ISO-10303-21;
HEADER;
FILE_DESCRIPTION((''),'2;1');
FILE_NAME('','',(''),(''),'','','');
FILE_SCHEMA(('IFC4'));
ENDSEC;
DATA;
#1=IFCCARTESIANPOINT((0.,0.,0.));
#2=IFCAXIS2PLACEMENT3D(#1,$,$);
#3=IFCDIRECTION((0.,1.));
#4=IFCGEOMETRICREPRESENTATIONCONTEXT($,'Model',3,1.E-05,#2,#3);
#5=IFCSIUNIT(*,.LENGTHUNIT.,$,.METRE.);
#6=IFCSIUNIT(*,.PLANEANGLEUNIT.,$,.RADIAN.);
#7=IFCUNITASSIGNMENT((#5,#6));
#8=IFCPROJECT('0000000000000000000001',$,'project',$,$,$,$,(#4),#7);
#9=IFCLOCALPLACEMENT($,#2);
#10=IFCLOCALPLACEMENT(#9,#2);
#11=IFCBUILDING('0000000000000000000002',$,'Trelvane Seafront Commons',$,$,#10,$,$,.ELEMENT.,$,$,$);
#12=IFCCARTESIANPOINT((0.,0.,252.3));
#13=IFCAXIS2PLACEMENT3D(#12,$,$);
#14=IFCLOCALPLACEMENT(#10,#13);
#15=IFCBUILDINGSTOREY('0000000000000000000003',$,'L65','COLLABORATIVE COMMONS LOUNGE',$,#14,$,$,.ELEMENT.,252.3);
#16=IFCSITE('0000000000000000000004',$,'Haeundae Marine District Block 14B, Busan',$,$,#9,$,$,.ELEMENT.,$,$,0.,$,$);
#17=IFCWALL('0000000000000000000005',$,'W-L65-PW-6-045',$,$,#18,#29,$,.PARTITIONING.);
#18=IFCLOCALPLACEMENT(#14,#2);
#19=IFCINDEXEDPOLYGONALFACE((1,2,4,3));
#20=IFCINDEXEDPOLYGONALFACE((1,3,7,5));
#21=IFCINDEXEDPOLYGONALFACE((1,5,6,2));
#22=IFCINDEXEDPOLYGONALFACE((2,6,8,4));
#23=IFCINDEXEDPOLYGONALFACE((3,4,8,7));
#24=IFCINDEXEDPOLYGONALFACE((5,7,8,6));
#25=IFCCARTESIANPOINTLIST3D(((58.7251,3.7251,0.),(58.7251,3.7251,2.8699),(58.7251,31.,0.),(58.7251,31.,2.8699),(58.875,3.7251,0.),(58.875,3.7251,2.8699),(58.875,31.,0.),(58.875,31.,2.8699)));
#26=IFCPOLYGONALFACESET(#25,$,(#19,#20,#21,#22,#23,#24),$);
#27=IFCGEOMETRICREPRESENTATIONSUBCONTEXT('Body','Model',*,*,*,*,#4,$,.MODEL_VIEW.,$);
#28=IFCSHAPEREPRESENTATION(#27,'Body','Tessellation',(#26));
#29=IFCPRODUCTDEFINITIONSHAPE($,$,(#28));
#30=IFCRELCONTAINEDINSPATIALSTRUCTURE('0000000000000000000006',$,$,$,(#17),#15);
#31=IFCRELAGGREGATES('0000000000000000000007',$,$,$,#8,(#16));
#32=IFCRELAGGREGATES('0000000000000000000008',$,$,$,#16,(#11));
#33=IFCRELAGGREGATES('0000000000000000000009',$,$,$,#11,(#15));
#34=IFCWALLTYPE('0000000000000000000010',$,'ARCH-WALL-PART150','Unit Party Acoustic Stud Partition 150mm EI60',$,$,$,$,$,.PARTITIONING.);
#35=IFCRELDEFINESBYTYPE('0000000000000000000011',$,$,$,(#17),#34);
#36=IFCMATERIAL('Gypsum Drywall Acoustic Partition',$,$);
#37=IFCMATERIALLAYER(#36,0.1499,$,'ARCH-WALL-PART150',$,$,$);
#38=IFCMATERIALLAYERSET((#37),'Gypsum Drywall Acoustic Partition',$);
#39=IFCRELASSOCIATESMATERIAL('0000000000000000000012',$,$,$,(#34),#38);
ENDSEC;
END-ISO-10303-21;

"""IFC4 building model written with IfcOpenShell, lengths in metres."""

from ifc_helpers import new_model, si_unit, direction, frame, frame_2d, origin, place, context, subcontext, project, spatial, rectangle, extrude, material, layer, layer_set, type_object, element, save


model = new_model("IFC4")

# Units and contexts
model_context = context("Model", 3, precision=1e-05, world=origin(), true_north=direction((0.0, 1.0)))
body_context = subcontext(model_context, "Body", "Model", "MODEL_VIEW")
ifc_project = project(units=[si_unit("LENGTHUNIT", "METRE"), si_unit("PLANEANGLEUNIT", "RADIAN")], contexts=[model_context])

# Site, building, storey
site_placement = place(None, origin())
site = spatial("IfcSite", under=ifc_project, at=site_placement, Name="Haeundae Marine District Block 14B, Busan", CompositionType="ELEMENT", RefElevation=0.0)
building_placement = place(site_placement, origin())
building = spatial("IfcBuilding", under=site, at=building_placement, Name="Trelvane Seafront Commons", CompositionType="ELEMENT")
storey_placement = place(building_placement, frame((0.0, 0.0, 252.3)))
storey = spatial("IfcBuildingStorey", under=building, at=storey_placement, Name="L65", Description="COLLABORATIVE COMMONS LOUNGE", CompositionType="ELEMENT", Elevation=252.3)

# Wall
ifc_material_1 = material(Name="Gypsum Drywall Acoustic Partition")
ifc_layer_1 = layer(ifc_material_1, 0.1499, Name="ARCH-WALL-PART150")
ifc_layer_set_1 = layer_set([ifc_layer_1], Name="Gypsum Drywall Acoustic Partition")
wall_type_1 = type_object("IfcWallType", Name="ARCH-WALL-PART150", Description="Unit Party Acoustic Stud Partition 150mm EI60", PredefinedType="PARTITIONING", material=ifc_layer_set_1)
wall_1_placement = place(storey_placement, frame((58.8, 3.7251, 0.0), z_axis=(0.0, 0.0, 1.0), x_axis=(0.0, 1.0, 0.0)))
element("IfcWall", 1, at=wall_1_placement, inside=storey, type_object=wall_type_1, Name="W-L65-PW-6-045", PredefinedType="PARTITIONING", context=body_context, shape_type="SweptSolid", body=[
    extrude(rectangle(XDim=27.2749, YDim=0.1499, at=frame_2d((13.6375, 0.0))), origin(), (0.0, 0.0, 1.0), 2.8699),
])

save(model, "model.ifc")
